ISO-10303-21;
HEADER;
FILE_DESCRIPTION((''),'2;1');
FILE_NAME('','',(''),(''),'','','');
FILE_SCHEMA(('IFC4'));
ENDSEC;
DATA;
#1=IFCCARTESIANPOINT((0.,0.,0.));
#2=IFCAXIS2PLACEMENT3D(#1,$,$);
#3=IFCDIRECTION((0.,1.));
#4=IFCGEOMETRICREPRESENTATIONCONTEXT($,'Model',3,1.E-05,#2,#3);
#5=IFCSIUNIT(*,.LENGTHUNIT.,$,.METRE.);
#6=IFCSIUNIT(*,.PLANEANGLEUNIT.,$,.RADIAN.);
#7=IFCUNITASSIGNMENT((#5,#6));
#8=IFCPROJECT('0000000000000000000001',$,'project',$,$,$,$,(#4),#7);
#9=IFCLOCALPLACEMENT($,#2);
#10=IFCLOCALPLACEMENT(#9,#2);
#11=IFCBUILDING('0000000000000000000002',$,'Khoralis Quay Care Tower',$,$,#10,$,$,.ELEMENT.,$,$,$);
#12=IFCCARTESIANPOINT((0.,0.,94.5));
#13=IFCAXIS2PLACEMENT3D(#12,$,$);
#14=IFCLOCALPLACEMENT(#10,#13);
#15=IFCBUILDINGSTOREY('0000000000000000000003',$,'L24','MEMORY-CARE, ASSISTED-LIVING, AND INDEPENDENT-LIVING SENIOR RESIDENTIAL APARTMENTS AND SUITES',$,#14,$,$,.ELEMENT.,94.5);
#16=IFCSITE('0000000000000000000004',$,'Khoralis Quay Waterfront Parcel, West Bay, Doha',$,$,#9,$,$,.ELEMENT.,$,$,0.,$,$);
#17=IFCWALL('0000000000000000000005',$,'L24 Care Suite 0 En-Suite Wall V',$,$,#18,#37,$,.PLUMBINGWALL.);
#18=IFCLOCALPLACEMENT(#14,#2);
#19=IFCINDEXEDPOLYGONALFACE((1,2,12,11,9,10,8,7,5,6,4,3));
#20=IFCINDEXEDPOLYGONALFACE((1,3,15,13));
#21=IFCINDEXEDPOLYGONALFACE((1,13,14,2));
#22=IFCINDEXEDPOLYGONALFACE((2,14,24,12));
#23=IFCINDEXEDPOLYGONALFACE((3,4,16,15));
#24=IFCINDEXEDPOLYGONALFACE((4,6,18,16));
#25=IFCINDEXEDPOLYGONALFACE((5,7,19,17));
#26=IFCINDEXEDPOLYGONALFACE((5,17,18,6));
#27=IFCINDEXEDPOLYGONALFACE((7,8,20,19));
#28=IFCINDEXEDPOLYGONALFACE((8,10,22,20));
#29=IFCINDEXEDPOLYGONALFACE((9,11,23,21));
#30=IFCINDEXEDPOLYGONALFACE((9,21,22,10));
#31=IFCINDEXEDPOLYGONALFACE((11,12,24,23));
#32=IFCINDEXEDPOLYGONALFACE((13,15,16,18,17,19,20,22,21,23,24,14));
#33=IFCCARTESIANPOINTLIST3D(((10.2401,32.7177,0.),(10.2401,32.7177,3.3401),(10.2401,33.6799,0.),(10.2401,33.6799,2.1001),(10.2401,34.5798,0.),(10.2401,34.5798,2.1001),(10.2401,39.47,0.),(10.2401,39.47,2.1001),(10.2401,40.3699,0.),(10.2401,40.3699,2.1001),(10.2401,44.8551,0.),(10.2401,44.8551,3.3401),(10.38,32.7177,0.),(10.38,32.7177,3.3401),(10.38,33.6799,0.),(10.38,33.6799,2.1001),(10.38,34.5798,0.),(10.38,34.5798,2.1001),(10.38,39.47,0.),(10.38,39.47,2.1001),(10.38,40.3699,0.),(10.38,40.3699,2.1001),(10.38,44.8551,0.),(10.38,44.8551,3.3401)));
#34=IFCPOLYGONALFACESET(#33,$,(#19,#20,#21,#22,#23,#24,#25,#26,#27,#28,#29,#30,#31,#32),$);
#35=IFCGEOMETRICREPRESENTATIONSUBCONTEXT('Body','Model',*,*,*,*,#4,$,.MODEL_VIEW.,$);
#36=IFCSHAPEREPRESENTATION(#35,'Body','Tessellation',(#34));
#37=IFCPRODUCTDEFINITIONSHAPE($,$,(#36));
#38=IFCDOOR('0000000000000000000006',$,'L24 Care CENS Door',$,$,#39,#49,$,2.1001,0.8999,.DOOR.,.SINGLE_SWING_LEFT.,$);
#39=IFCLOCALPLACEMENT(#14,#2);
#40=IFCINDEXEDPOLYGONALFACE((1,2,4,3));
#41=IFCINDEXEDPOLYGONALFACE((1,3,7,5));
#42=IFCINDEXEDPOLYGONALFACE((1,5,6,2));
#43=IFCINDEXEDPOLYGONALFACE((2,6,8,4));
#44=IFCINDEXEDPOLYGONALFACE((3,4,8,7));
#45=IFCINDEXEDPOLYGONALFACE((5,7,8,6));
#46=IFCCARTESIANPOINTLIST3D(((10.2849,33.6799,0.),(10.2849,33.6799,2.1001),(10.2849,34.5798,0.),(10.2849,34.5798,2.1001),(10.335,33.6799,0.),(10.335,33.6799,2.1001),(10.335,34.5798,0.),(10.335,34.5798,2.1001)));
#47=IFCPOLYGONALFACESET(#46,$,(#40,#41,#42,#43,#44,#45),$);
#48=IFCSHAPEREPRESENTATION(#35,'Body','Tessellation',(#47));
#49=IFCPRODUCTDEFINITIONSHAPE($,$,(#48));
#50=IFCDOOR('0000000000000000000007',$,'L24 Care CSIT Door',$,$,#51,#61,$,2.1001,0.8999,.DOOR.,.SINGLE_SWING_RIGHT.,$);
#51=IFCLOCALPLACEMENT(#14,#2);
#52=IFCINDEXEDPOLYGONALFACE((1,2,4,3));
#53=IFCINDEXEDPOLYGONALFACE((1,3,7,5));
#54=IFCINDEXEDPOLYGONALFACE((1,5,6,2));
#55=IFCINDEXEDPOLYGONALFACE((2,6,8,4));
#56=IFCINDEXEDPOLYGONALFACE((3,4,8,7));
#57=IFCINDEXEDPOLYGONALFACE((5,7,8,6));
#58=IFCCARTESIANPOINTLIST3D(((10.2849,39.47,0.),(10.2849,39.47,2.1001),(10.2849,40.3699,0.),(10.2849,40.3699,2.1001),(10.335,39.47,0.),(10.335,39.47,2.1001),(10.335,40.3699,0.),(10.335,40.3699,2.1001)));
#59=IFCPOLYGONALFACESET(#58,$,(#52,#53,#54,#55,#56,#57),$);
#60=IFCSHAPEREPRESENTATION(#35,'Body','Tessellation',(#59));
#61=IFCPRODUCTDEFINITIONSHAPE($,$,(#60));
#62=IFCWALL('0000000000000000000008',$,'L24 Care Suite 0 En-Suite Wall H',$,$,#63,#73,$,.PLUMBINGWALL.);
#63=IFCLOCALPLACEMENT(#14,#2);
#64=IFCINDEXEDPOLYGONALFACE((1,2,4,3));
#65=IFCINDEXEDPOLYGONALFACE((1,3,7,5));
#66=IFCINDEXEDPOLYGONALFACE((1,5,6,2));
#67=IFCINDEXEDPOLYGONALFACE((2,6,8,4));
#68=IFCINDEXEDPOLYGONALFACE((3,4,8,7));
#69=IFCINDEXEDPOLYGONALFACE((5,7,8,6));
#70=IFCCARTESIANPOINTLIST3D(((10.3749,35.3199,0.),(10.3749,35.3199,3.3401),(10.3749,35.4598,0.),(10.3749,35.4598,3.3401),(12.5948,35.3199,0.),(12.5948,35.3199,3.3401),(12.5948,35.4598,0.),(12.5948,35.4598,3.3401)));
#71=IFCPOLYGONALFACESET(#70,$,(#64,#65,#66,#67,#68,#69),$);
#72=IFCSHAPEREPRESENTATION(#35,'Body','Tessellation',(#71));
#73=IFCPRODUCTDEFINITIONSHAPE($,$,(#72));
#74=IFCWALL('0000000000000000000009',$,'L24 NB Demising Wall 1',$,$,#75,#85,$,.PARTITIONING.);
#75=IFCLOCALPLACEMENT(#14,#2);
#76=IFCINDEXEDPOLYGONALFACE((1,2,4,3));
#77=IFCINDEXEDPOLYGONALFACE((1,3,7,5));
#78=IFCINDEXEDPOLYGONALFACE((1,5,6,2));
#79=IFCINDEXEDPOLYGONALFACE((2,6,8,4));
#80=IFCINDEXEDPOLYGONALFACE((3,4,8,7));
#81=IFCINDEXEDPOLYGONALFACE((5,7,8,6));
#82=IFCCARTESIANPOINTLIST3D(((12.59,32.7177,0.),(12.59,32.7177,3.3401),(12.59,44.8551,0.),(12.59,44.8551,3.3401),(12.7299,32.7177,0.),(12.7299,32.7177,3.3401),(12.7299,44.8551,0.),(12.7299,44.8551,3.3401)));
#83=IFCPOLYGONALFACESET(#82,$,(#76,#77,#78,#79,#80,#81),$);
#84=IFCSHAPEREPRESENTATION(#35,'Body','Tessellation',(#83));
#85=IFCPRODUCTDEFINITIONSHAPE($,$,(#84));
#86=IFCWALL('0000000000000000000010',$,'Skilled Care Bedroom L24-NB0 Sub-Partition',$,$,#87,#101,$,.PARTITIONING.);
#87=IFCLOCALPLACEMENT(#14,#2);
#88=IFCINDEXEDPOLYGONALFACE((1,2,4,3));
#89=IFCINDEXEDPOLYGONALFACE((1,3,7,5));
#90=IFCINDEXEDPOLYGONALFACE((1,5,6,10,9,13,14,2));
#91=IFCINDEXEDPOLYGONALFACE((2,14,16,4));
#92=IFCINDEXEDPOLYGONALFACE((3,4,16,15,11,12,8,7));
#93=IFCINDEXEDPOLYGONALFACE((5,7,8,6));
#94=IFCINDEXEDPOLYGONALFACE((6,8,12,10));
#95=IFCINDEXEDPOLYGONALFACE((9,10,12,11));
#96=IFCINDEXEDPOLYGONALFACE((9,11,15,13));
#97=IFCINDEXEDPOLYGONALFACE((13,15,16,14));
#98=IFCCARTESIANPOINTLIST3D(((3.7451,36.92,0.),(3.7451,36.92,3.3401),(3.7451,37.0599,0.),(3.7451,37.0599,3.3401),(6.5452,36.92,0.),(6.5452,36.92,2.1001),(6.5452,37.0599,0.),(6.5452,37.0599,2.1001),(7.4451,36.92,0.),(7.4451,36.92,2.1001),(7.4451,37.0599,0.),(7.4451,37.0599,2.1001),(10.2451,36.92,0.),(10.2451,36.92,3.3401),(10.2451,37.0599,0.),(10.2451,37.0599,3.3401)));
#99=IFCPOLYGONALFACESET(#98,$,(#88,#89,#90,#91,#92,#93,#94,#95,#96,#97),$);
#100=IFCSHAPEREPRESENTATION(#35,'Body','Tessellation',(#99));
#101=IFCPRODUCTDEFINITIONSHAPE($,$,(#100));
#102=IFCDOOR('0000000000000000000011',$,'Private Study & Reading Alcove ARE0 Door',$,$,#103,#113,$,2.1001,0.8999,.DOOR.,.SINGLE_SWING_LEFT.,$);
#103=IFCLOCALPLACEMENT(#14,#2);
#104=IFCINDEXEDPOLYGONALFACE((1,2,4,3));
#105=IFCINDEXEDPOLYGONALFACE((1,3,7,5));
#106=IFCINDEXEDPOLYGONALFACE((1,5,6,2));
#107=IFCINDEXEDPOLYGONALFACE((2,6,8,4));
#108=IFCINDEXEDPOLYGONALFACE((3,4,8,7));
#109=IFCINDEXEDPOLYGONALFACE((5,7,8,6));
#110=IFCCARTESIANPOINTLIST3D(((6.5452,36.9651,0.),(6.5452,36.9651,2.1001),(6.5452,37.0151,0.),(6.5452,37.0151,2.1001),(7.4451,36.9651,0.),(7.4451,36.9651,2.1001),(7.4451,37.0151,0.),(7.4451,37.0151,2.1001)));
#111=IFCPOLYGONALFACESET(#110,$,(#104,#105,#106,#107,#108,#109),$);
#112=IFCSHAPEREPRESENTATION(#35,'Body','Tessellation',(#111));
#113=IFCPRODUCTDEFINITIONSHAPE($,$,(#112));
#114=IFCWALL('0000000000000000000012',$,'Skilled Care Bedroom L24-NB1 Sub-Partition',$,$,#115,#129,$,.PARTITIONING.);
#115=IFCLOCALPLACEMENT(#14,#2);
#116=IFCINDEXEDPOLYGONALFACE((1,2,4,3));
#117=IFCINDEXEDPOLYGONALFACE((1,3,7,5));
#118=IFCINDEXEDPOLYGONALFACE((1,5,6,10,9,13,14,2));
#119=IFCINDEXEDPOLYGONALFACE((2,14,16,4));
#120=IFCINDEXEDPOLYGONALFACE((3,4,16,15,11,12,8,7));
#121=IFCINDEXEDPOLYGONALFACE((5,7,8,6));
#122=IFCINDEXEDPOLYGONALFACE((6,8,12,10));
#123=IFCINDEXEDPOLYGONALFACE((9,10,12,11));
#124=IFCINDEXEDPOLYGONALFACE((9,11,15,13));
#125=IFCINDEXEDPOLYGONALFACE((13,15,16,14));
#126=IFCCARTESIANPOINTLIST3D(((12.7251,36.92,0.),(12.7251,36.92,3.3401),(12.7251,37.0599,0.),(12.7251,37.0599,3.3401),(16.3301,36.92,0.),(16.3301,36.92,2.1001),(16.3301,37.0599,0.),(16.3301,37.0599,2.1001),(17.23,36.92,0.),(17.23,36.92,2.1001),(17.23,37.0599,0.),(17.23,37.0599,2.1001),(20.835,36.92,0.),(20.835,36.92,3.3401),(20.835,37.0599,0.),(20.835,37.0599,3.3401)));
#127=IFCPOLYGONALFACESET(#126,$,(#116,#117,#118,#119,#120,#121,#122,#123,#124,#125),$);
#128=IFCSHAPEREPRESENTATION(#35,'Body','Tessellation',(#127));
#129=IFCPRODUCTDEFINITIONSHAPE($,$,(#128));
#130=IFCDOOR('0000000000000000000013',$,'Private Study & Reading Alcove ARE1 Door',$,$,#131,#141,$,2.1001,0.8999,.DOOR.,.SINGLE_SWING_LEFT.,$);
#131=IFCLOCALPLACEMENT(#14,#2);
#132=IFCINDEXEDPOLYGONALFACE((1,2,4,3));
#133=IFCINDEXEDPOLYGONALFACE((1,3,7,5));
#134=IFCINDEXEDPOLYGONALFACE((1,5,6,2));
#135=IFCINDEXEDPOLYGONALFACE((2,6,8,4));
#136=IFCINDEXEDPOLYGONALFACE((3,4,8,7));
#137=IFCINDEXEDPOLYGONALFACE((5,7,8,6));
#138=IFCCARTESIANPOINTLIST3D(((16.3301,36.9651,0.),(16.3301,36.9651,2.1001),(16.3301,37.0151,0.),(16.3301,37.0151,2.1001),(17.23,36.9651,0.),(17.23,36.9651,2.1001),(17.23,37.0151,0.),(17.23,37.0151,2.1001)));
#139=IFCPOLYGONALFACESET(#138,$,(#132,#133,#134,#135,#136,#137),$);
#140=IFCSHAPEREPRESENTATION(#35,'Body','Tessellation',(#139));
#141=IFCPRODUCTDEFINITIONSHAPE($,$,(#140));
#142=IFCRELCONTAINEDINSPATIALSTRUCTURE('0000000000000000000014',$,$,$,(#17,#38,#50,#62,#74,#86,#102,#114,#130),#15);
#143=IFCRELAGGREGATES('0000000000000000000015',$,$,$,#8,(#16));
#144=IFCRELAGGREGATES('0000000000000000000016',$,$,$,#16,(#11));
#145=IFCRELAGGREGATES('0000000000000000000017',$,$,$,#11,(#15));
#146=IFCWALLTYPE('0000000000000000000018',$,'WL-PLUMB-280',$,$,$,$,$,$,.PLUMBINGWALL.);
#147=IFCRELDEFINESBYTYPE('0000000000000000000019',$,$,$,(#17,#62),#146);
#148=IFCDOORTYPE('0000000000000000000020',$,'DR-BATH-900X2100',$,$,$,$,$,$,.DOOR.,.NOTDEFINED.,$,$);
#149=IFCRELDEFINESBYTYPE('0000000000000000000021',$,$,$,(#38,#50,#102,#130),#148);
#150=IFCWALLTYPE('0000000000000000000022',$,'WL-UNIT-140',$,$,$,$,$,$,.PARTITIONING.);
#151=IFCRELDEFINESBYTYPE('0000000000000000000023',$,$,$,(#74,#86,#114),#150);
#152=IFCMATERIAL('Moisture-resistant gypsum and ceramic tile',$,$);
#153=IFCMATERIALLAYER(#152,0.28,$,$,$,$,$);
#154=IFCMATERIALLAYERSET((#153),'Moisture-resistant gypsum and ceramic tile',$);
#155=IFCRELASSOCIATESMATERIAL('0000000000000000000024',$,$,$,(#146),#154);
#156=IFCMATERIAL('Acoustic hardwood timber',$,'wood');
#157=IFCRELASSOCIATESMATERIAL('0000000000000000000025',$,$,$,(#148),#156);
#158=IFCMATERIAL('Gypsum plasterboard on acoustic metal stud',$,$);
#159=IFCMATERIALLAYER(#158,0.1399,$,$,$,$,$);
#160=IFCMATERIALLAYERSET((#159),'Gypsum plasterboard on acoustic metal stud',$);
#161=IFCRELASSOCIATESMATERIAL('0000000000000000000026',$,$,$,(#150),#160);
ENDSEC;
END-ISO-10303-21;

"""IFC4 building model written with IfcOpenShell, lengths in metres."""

from ifc_helpers import new_model, si_unit, direction, frame, frame_2d, origin, place, context, subcontext, project, spatial, rectangle, extrude, source, transform, mapped, material, layer, layer_set, type_object, element, fill, save


model = new_model("IFC4")

# Units and contexts
model_context = context("Model", 3, precision=1e-05, world=origin(), true_north=direction((0.0, 1.0)))
body_context = subcontext(model_context, "Body", "Model", "MODEL_VIEW")
ifc_project = project(units=[si_unit("LENGTHUNIT", "METRE"), si_unit("PLANEANGLEUNIT", "RADIAN")], contexts=[model_context])

# Site, building, storey
site_placement = place(None, origin())
site = spatial("IfcSite", under=ifc_project, at=site_placement, Name="Khoralis Quay Waterfront Parcel, West Bay, Doha", CompositionType="ELEMENT", RefElevation=0.0)
building_placement = place(site_placement, origin())
building = spatial("IfcBuilding", under=site, at=building_placement, Name="Khoralis Quay Care Tower", CompositionType="ELEMENT")
storey_placement = place(building_placement, frame((0.0, 0.0, 94.5)))
storey = spatial("IfcBuildingStorey", under=building, at=storey_placement, Name="L24", Description="MEMORY-CARE, ASSISTED-LIVING, AND INDEPENDENT-LIVING SENIOR RESIDENTIAL APARTMENTS AND SUITES", CompositionType="ELEMENT", Elevation=94.5)

# Shared definitions
ifc_material_1 = material(Name="Gypsum plasterboard on acoustic metal stud")

# Wall, openings, doors
ifc_material_2 = material(Name="Acoustic hardwood timber", Category="wood")
ifc_material_3 = material(Name="Moisture-resistant gypsum and ceramic tile")
ifc_layer_1 = layer(ifc_material_3, 0.28)
ifc_layer_set_1 = layer_set([ifc_layer_1], Name="Moisture-resistant gypsum and ceramic tile")
wall_type_1 = type_object("IfcWallType", Name="WL-PLUMB-280", PredefinedType="PLUMBINGWALL", material=ifc_layer_set_1)
wall_1_placement = place(storey_placement, frame((10.3101, 32.7175, 0.0), z_axis=(0.0, 0.0, 1.0), x_axis=(0.0, 1.0, 0.0)))
wall_1 = element("IfcWall", 1, at=wall_1_placement, inside=storey, type_object=wall_type_1, Name="L24 Care Suite 0 En-Suite Wall V", PredefinedType="PLUMBINGWALL", context=body_context, shape_type="SweptSolid", body=[
    extrude(rectangle(XDim=12.1375, YDim=0.1399, at=frame_2d((6.0688, 0.0))), origin(), (0.0, 0.0, 1.0), 3.3401),
])
opening_1_placement = place(wall_1_placement, frame((0.9624, 0.0, 0.0)))
opening_1 = element("IfcOpeningElement", 2, at=opening_1_placement, cuts=wall_1, PredefinedType="OPENING", context=body_context, shape_type="SweptSolid", body=[
    extrude(rectangle(XDim=0.8999, YDim=2.1001, at=frame_2d((0.45, 1.05))), frame((0.0, 0.0801, 0.0), z_axis=(0.0, -1.0, 0.0), x_axis=(1.0, 0.0, 0.0)), (0.0, 0.0, 1.0), 0.1599),
])
opening_2_placement = place(wall_1_placement, frame((6.7524, 0.0, 0.0)))
opening_2 = element("IfcOpeningElement", 3, at=opening_2_placement, cuts=wall_1, PredefinedType="OPENING", context=body_context, shape_type="SweptSolid", body=[
    extrude(rectangle(XDim=0.8999, YDim=2.1001, at=frame_2d((0.45, 1.05))), frame((0.0, 0.0801, 0.0), z_axis=(0.0, -1.0, 0.0), x_axis=(1.0, 0.0, 0.0)), (0.0, 0.0, 1.0), 0.1599),
])
door_type_1 = type_object("IfcDoorType", Name="DR-BATH-900X2100", OperationType="NOTDEFINED", PredefinedType="DOOR", material=ifc_material_2)
shared_shape_1 = source(origin(), body_context, "Body", "SweptSolid", [
    extrude(rectangle(XDim=0.8999, YDim=2.1001, at=frame_2d((0.45, 1.05))), frame((0.0, 0.0249, 0.0), z_axis=(0.0, -1.0, 0.0), x_axis=(1.0, 0.0, 0.0)), (0.0, 0.0, 1.0), 0.05),
])
door_1_placement = place(opening_1_placement, frame((0.8999, 0.0, 0.0), z_axis=(0.0, 0.0, 1.0), x_axis=(-1.0, 0.0, 0.0)))
door_1 = element("IfcDoor", 4, at=door_1_placement, inside=storey, type_object=door_type_1, Name="L24 Care CENS Door", OperationType="SINGLE_SWING_LEFT", OverallHeight=2.1001, OverallWidth=0.8999, PredefinedType="DOOR", context=body_context, shape_type="MappedRepresentation", body=[
    mapped(shared_shape_1, transform((0.0, 0.0, 0.0), scale=1.0)),
])
fill(opening_1, door_1)
door_2_placement = place(opening_2_placement, frame((0.8999, 0.0, 0.0), z_axis=(0.0, 0.0, 1.0), x_axis=(-1.0, 0.0, 0.0)))
door_2 = element("IfcDoor", 5, at=door_2_placement, inside=storey, type_object=door_type_1, Name="L24 Care CSIT Door", OperationType="SINGLE_SWING_RIGHT", OverallHeight=2.1001, OverallWidth=0.8999, PredefinedType="DOOR", context=body_context, shape_type="MappedRepresentation", body=[
    mapped(shared_shape_1, transform((0.0, 0.0, 0.0), scale=1.0)),
])
fill(opening_2, door_2)

# Walls
wall_2_placement = place(storey_placement, frame((10.375, 35.3899, 0.0), z_axis=(0.0, 0.0, 1.0), x_axis=(1.0, 0.0, 0.0)))
element("IfcWall", 6, at=wall_2_placement, inside=storey, type_object=wall_type_1, Name="L24 Care Suite 0 En-Suite Wall H", PredefinedType="PLUMBINGWALL", context=body_context, shape_type="SweptSolid", body=[
    extrude(rectangle(XDim=2.22, YDim=0.1399, at=frame_2d((1.1099, 0.0))), origin(), (0.0, 0.0, 1.0), 3.3401),
])
ifc_layer_2 = layer(ifc_material_1, 0.1399)
ifc_layer_set_2 = layer_set([ifc_layer_2], Name="Gypsum plasterboard on acoustic metal stud")
wall_type_2 = type_object("IfcWallType", Name="WL-UNIT-140", PredefinedType="PARTITIONING", material=ifc_layer_set_2)
wall_3_placement = place(storey_placement, frame((12.6599, 32.7175, 0.0), z_axis=(0.0, 0.0, 1.0), x_axis=(0.0, 1.0, 0.0)))
element("IfcWall", 7, at=wall_3_placement, inside=storey, type_object=wall_type_2, Name="L24 NB Demising Wall 1", PredefinedType="PARTITIONING", context=body_context, shape_type="SweptSolid", body=[
    extrude(rectangle(XDim=12.1375, YDim=0.1399, at=frame_2d((6.0688, 0.0))), origin(), (0.0, 0.0, 1.0), 3.3401),
])

# Walls, openings, doors
wall_4_placement = place(storey_placement, frame((3.7451, 36.99, 0.0), z_axis=(0.0, 0.0, 1.0), x_axis=(1.0, 0.0, 0.0)))
wall_4 = element("IfcWall", 8, at=wall_4_placement, inside=storey, type_object=wall_type_2, Name="Skilled Care Bedroom L24-NB0 Sub-Partition", PredefinedType="PARTITIONING", context=body_context, shape_type="SweptSolid", body=[
    extrude(rectangle(XDim=6.5, YDim=0.1399, at=frame_2d((3.25, 0.0))), origin(), (0.0, 0.0, 1.0), 3.3401),
])
opening_3_placement = place(wall_4_placement, frame((2.8, 0.0, 0.0)))
opening_3 = element("IfcOpeningElement", 9, at=opening_3_placement, cuts=wall_4, PredefinedType="OPENING", context=body_context, shape_type="SweptSolid", body=[
    extrude(rectangle(XDim=0.8999, YDim=2.1001, at=frame_2d((0.45, 1.05))), frame((0.0, 0.0801, 0.0), z_axis=(0.0, -1.0, 0.0), x_axis=(1.0, 0.0, 0.0)), (0.0, 0.0, 1.0), 0.1599),
])
door_3_placement = place(opening_3_placement, frame((0.8999, 0.0, 0.0), z_axis=(0.0, 0.0, 1.0), x_axis=(-1.0, 0.0, 0.0)))
door_3 = element("IfcDoor", 10, at=door_3_placement, inside=storey, type_object=door_type_1, Name="Private Study & Reading Alcove ARE0 Door", OperationType="SINGLE_SWING_LEFT", OverallHeight=2.1001, OverallWidth=0.8999, PredefinedType="DOOR", context=body_context, shape_type="MappedRepresentation", body=[
    mapped(shared_shape_1, transform((0.0, 0.0, 0.0), scale=1.0)),
])
fill(opening_3, door_3)
wall_5_placement = place(storey_placement, frame((12.7251, 36.99, 0.0), z_axis=(0.0, 0.0, 1.0), x_axis=(1.0, 0.0, 0.0)))
wall_5 = element("IfcWall", 11, at=wall_5_placement, inside=storey, type_object=wall_type_2, Name="Skilled Care Bedroom L24-NB1 Sub-Partition", PredefinedType="PARTITIONING", context=body_context, shape_type="SweptSolid", body=[
    extrude(rectangle(XDim=8.1099, YDim=0.1399, at=frame_2d((4.0549, 0.0))), origin(), (0.0, 0.0, 1.0), 3.3401),
])
opening_4_placement = place(wall_5_placement, frame((3.605, 0.0, 0.0)))
opening_4 = element("IfcOpeningElement", 12, at=opening_4_placement, cuts=wall_5, PredefinedType="OPENING", context=body_context, shape_type="SweptSolid", body=[
    extrude(rectangle(XDim=0.8999, YDim=2.1001, at=frame_2d((0.45, 1.05))), frame((0.0, 0.0801, 0.0), z_axis=(0.0, -1.0, 0.0), x_axis=(1.0, 0.0, 0.0)), (0.0, 0.0, 1.0), 0.1599),
])
door_4_placement = place(opening_4_placement, frame((0.8999, 0.0, 0.0), z_axis=(0.0, 0.0, 1.0), x_axis=(-1.0, 0.0, 0.0)))
door_4 = element("IfcDoor", 13, at=door_4_placement, inside=storey, type_object=door_type_1, Name="Private Study & Reading Alcove ARE1 Door", OperationType="SINGLE_SWING_LEFT", OverallHeight=2.1001, OverallWidth=0.8999, PredefinedType="DOOR", context=body_context, shape_type="MappedRepresentation", body=[
    mapped(shared_shape_1, transform((0.0, 0.0, 0.0), scale=1.0)),
])
fill(opening_4, door_4)

save(model, "model.ifc")
